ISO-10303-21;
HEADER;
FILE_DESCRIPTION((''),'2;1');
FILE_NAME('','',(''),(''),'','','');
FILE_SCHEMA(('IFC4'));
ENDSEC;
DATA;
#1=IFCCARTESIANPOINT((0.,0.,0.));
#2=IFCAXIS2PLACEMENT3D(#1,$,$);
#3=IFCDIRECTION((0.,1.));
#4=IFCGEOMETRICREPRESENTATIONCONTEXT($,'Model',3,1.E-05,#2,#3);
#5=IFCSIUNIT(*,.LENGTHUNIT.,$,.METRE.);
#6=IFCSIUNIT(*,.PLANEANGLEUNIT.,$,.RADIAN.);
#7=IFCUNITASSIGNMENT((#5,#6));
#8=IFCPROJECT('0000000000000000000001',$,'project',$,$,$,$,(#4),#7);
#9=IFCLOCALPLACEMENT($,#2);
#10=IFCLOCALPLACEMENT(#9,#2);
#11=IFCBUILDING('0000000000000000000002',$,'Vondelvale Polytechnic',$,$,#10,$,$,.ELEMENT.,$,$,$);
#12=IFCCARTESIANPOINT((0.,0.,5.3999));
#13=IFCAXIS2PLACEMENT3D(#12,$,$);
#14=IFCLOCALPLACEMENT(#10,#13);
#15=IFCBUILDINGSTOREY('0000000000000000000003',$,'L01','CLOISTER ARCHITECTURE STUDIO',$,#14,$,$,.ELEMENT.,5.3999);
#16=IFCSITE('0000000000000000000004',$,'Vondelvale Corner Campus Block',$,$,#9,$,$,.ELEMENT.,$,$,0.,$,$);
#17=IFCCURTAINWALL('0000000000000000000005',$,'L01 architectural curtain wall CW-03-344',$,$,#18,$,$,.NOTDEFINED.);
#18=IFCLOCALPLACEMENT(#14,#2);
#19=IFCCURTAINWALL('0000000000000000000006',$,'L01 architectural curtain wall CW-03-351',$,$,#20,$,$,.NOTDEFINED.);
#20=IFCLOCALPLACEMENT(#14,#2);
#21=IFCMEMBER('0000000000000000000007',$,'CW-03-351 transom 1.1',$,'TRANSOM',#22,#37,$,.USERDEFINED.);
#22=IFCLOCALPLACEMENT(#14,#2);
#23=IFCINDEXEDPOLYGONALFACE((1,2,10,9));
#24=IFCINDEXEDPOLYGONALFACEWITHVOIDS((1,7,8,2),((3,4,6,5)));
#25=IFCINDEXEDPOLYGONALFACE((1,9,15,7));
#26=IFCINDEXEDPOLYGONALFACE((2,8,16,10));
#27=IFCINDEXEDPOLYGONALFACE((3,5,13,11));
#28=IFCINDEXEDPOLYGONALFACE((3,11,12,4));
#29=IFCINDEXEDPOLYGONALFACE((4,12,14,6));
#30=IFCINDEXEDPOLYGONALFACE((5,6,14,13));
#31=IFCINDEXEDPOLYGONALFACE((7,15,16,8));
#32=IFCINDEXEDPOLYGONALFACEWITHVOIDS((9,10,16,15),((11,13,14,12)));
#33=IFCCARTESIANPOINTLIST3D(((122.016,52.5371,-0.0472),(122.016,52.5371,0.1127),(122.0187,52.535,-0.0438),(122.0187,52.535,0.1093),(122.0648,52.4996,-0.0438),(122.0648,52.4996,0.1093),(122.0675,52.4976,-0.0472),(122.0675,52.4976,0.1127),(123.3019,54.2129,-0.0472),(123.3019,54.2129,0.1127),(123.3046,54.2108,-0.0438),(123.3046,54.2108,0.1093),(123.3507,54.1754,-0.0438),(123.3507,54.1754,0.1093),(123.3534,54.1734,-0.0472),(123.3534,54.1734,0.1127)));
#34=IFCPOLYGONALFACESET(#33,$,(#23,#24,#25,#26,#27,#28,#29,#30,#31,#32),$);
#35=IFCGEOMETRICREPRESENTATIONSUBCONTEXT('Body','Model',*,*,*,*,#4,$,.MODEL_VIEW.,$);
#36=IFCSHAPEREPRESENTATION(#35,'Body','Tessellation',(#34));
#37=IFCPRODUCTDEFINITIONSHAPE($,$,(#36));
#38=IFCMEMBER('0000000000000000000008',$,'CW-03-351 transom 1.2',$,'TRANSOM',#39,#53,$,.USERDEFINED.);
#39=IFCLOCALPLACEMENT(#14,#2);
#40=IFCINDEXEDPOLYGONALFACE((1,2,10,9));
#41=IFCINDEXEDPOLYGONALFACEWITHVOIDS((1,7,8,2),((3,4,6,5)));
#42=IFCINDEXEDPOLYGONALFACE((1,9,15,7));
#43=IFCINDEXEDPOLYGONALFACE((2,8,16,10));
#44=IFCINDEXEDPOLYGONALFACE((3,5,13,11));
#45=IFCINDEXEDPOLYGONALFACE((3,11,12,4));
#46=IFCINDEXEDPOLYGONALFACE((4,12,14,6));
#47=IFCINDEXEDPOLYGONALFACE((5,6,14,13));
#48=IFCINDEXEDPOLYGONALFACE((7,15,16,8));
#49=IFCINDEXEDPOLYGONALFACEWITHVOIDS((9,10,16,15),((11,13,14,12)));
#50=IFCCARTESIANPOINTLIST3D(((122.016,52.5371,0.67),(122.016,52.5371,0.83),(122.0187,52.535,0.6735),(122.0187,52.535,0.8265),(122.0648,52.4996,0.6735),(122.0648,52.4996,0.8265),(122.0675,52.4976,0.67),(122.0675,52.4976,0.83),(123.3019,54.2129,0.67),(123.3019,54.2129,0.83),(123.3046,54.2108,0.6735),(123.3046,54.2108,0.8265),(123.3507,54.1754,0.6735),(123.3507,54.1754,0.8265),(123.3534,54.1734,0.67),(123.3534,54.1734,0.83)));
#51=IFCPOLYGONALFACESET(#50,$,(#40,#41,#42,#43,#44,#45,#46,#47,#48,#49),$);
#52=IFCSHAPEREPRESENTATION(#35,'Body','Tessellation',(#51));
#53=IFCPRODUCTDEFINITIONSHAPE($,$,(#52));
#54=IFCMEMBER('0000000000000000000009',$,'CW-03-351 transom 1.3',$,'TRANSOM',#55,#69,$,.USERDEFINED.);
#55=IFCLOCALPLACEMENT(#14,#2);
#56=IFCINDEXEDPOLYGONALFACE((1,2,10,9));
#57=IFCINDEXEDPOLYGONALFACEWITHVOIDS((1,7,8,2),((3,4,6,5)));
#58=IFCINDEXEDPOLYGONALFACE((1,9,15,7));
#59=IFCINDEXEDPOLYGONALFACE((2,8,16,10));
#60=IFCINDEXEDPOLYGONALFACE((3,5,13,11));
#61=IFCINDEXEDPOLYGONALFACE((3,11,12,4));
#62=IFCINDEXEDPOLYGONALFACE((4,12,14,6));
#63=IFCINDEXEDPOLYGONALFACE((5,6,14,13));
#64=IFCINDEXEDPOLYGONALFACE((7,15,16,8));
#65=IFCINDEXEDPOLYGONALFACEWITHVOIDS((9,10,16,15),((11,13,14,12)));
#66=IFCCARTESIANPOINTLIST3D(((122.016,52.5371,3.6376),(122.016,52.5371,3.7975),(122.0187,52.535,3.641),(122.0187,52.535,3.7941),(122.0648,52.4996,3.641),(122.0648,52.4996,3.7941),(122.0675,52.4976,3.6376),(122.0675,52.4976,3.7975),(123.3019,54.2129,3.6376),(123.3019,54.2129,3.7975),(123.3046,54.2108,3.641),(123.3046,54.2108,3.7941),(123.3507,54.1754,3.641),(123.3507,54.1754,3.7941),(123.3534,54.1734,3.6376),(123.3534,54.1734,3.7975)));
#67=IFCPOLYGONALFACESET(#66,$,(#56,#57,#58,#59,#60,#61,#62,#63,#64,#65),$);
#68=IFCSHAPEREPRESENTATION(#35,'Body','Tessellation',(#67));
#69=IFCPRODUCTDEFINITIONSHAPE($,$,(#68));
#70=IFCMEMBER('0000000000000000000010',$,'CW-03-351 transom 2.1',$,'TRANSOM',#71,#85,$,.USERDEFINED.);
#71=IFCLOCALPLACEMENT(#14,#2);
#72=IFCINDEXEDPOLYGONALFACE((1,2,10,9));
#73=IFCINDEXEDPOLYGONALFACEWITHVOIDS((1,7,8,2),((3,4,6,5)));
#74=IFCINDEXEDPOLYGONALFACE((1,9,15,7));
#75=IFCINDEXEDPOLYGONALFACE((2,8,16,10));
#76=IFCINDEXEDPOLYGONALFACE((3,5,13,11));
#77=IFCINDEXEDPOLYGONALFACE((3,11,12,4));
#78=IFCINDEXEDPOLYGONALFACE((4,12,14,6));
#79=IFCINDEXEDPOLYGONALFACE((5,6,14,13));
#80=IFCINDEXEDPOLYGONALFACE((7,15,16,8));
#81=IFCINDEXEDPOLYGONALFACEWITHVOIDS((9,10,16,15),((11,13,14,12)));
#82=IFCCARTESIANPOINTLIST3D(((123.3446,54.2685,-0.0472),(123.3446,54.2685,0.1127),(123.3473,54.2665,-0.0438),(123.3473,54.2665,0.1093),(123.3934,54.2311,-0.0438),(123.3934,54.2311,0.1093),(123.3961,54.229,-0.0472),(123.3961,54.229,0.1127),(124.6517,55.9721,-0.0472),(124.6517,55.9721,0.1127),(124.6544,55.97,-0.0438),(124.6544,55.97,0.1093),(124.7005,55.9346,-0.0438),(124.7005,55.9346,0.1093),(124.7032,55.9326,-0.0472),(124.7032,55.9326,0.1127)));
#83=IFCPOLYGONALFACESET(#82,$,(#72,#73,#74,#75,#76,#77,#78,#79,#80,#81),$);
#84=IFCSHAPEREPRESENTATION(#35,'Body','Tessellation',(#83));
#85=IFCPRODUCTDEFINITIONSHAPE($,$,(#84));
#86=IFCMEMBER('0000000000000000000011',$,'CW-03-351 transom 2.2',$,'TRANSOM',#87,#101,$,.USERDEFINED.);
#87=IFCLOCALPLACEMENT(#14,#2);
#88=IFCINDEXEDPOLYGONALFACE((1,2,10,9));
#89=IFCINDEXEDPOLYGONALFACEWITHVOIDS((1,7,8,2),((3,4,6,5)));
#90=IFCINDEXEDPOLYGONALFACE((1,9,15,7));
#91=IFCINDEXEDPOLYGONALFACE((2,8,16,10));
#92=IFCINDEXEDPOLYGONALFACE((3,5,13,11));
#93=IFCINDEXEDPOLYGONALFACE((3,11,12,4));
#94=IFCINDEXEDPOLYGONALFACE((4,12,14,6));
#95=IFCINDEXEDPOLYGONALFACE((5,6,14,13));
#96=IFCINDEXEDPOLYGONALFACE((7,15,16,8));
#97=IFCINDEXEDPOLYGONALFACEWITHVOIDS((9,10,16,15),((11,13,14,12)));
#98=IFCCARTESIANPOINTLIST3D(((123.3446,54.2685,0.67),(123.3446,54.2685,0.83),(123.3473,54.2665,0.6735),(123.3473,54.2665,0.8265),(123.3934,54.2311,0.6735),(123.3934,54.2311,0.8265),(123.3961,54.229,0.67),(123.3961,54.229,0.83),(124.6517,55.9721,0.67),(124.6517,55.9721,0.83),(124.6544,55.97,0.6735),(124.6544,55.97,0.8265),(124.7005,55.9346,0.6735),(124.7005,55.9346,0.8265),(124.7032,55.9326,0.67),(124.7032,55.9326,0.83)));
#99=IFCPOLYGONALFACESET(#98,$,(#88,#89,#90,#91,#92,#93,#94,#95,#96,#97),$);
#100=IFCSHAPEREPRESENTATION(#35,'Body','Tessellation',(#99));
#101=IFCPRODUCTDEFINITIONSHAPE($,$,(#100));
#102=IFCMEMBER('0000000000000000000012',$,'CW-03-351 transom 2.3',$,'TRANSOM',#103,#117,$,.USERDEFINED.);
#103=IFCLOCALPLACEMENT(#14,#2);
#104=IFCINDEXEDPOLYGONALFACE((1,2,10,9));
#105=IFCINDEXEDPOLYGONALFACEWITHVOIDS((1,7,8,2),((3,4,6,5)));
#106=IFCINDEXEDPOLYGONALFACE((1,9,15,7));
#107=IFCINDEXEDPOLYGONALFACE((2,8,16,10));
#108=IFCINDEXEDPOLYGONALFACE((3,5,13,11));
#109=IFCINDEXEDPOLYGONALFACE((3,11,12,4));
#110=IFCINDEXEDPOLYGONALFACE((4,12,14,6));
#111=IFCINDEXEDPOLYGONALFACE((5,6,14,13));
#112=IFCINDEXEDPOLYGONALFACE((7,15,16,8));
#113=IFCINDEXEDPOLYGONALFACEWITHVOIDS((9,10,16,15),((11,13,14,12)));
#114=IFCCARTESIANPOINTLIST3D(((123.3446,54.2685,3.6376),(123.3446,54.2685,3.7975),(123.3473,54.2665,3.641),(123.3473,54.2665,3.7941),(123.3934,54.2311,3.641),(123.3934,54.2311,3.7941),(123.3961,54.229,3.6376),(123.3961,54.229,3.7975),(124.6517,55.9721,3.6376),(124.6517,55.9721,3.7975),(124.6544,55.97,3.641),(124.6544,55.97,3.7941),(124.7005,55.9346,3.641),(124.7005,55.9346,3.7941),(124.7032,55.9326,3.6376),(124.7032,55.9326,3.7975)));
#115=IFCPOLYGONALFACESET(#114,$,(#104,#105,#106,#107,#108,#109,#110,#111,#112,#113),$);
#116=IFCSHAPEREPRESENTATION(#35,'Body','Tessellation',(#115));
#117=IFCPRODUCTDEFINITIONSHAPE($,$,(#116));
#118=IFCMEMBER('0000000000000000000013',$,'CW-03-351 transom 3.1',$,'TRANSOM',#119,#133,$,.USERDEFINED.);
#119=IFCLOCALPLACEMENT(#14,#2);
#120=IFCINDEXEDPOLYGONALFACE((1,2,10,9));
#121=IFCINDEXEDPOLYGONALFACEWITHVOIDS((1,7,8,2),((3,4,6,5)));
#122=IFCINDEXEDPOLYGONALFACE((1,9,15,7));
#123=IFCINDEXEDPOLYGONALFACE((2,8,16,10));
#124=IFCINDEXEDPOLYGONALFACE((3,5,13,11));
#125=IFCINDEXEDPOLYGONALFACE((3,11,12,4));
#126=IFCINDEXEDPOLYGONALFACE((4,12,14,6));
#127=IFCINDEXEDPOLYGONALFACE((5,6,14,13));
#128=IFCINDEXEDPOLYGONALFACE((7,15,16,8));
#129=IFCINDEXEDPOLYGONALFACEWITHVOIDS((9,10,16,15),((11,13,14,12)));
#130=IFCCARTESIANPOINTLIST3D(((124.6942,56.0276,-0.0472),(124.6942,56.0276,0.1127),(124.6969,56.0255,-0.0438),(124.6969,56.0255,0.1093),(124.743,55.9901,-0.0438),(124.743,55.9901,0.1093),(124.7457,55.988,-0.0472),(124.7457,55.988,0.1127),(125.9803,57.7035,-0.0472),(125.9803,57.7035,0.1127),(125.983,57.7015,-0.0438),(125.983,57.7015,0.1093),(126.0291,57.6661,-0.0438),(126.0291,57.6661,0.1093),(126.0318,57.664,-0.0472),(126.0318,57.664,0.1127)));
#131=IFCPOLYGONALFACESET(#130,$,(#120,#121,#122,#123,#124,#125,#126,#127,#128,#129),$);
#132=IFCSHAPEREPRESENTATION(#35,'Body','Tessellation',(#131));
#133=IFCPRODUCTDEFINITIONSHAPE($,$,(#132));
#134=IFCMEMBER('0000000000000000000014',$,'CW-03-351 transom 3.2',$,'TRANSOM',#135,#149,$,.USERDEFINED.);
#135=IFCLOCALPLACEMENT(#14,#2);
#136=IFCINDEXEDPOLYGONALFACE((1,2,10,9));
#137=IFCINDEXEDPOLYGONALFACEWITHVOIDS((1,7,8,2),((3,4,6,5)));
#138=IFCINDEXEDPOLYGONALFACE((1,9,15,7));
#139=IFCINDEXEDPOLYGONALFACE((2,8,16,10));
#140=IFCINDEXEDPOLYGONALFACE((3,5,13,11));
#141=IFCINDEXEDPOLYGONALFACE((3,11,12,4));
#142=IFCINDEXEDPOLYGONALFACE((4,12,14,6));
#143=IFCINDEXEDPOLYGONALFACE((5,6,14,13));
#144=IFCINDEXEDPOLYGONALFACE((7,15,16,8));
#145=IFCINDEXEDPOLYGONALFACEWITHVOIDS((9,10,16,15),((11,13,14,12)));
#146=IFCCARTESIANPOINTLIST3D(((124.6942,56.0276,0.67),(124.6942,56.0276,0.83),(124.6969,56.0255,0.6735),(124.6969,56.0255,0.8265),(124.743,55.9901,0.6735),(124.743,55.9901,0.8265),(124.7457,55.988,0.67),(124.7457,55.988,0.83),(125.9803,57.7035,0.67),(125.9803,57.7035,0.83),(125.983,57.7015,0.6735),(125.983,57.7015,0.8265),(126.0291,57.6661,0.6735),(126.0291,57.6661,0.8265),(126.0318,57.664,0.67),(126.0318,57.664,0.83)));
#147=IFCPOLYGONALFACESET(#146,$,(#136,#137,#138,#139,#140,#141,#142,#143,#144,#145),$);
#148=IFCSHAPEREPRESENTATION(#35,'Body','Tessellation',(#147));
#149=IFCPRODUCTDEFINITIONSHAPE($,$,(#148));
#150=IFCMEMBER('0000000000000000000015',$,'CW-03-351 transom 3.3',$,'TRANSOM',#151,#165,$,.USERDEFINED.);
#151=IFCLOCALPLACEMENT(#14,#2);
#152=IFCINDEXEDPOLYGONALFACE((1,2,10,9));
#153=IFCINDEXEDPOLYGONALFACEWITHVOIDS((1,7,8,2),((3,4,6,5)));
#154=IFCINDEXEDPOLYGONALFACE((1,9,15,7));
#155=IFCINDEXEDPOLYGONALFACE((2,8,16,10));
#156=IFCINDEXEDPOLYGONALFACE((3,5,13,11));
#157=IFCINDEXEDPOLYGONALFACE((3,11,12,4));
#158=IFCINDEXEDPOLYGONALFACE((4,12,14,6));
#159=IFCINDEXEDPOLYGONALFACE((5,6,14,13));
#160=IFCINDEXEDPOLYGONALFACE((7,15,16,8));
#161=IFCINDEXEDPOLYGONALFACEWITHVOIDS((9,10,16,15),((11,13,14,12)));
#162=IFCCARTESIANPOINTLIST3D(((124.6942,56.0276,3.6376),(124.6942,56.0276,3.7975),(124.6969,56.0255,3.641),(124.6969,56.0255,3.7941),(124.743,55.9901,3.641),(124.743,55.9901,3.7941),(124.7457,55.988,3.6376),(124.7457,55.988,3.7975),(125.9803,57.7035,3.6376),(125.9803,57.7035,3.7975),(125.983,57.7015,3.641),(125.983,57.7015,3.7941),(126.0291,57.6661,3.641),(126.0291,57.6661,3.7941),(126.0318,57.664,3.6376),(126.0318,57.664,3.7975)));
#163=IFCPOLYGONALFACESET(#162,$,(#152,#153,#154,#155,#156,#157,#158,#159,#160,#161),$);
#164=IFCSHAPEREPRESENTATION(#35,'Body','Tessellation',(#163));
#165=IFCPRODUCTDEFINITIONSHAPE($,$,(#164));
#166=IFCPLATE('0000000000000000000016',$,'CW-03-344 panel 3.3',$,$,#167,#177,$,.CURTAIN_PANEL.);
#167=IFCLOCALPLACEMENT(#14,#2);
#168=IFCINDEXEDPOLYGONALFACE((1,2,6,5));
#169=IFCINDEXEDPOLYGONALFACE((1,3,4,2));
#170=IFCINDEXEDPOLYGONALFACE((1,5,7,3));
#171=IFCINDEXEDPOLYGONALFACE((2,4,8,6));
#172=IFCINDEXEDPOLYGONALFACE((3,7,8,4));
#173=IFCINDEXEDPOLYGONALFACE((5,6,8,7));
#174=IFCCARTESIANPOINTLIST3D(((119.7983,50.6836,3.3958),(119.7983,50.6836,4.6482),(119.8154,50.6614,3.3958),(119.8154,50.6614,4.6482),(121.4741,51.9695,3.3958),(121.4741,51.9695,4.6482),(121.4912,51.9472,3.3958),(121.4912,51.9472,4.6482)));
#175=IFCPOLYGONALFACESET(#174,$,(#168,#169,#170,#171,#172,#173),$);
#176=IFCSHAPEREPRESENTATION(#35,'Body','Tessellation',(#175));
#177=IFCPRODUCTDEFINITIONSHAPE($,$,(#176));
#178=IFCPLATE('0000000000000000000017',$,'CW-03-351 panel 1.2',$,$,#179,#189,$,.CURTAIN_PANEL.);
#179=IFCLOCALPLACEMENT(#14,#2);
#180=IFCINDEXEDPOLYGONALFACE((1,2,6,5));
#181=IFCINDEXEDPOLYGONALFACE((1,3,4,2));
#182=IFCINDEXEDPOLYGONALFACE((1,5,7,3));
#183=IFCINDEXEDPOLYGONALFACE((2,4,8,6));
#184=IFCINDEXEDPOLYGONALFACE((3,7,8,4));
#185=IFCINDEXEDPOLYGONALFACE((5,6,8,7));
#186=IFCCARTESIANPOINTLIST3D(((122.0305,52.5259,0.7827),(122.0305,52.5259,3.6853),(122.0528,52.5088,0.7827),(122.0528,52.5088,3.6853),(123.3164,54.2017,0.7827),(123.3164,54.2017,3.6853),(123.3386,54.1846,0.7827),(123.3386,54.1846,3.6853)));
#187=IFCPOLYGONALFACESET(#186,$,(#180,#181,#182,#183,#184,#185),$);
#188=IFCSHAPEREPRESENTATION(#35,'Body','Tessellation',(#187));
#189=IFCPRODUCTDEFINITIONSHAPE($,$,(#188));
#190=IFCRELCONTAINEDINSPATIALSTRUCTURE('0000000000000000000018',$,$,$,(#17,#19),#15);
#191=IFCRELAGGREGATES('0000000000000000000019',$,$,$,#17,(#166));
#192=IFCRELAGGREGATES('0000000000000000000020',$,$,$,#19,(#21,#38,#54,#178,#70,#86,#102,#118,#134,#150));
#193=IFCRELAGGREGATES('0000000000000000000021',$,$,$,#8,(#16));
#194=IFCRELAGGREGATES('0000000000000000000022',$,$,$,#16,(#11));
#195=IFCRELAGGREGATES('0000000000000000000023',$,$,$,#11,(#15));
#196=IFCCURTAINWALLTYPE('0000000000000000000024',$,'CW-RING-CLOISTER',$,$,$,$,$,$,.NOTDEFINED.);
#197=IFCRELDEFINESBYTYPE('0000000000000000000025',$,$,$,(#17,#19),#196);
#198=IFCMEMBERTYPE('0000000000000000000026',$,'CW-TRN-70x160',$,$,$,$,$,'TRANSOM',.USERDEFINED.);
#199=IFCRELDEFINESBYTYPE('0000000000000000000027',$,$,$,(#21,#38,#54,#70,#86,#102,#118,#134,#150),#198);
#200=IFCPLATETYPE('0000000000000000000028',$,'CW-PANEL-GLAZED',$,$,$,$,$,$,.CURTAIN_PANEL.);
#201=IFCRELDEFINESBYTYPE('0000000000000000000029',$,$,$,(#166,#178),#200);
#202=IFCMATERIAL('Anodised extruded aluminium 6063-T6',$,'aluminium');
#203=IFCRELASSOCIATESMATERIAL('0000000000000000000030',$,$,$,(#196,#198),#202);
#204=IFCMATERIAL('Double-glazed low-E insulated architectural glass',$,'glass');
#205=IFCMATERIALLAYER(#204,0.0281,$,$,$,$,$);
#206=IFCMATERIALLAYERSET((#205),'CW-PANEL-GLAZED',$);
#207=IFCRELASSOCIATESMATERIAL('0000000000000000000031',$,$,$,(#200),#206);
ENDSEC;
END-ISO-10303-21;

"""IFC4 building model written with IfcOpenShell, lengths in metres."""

from ifc_helpers import new_model, si_unit, direction, frame, origin, origin_2d, place, context, subcontext, project, spatial, rectangle, hollow_rectangle, extrude, material, layer, layer_set, material_profile, profile_set, type_object, element, aggregate, save


model = new_model("IFC4")

# Units and contexts
model_context = context("Model", 3, precision=1e-05, world=origin(), true_north=direction((0.0, 1.0)))
body_context = subcontext(model_context, "Body", "Model", "MODEL_VIEW")
ifc_project = project(units=[si_unit("LENGTHUNIT", "METRE"), si_unit("PLANEANGLEUNIT", "RADIAN")], contexts=[model_context])

# Site, building, storey
site_placement = place(None, origin())
site = spatial("IfcSite", under=ifc_project, at=site_placement, Name="Vondelvale Corner Campus Block", CompositionType="ELEMENT", RefElevation=0.0)
building_placement = place(site_placement, origin())
building = spatial("IfcBuilding", under=site, at=building_placement, Name="Vondelvale Polytechnic", CompositionType="ELEMENT")
storey_placement = place(building_placement, frame((0.0, 0.0, 5.3999)))
storey = spatial("IfcBuildingStorey", under=building, at=storey_placement, Name="L01", Description="CLOISTER ARCHITECTURE STUDIO", CompositionType="ELEMENT", Elevation=5.3999)

# Curtain wall
ifc_material_1 = material(Name="Anodised extruded aluminium 6063-T6", Category="aluminium")
curtain_wall_type = type_object("IfcCurtainWallType", Name="CW-RING-CLOISTER", PredefinedType="NOTDEFINED", material=ifc_material_1)
curtain_wall_1_placement = place(storey_placement, origin())
curtain_wall_1 = element("IfcCurtainWall", 1, at=curtain_wall_1_placement, inside=storey, type_object=curtain_wall_type, Name="L01 architectural curtain wall CW-03-344", PredefinedType="NOTDEFINED")

# Curtain wall, members
curtain_wall_2_placement = place(storey_placement, origin())
curtain_wall_2 = element("IfcCurtainWall", 2, at=curtain_wall_2_placement, inside=storey, type_object=curtain_wall_type, Name="L01 architectural curtain wall CW-03-351", PredefinedType="NOTDEFINED")
ifc_material_profile_1 = material_profile(ifc_material_1, hollow_rectangle(XDim=0.0649, YDim=0.1599, WallThickness=0.0034, at=origin_2d()), Name="CW-TRN-160x65")
ifc_profile_set_1 = profile_set([ifc_material_profile_1], Name="Anodised extruded aluminium 6063-T6")
member_type_1 = type_object("IfcMemberType", Name="CW-TRN-70x160", ElementType="TRANSOM", PredefinedType="USERDEFINED", material=ifc_profile_set_1)
member_1_placement = place(storey_placement, frame((122.0417, 52.5173, 0.0327), z_axis=(0.608766, 0.79335, 0.0), x_axis=(-0.79335, 0.608766, 0.0)))
member_1 = element("IfcMember", 3, at=member_1_placement, type_object=member_type_1, Name="CW-03-351 transom 1.1", ObjectType="TRANSOM", PredefinedType="USERDEFINED", context=body_context, shape_type="SweptSolid", body=[
    extrude(hollow_rectangle(XDim=0.0649, YDim=0.1599, WallThickness=0.0034, at=origin_2d()), origin(), (0.0, 0.0, 1.0), 2.1123),
])
member_2_placement = place(storey_placement, frame((122.0417, 52.5173, 0.75), z_axis=(0.608766, 0.79335, 0.0), x_axis=(-0.79335, 0.608766, 0.0)))
member_2 = element("IfcMember", 4, at=member_2_placement, type_object=member_type_1, Name="CW-03-351 transom 1.2", ObjectType="TRANSOM", PredefinedType="USERDEFINED", context=body_context, shape_type="SweptSolid", body=[
    extrude(hollow_rectangle(XDim=0.0649, YDim=0.1599, WallThickness=0.0034, at=origin_2d()), origin(), (0.0, 0.0, 1.0), 2.1123),
])
member_3_placement = place(storey_placement, frame((122.0417, 52.5173, 3.7175), z_axis=(0.608766, 0.79335, 0.0), x_axis=(-0.79335, 0.608766, 0.0)))
member_3 = element("IfcMember", 5, at=member_3_placement, type_object=member_type_1, Name="CW-03-351 transom 1.3", ObjectType="TRANSOM", PredefinedType="USERDEFINED", context=body_context, shape_type="SweptSolid", body=[
    extrude(hollow_rectangle(XDim=0.0649, YDim=0.1599, WallThickness=0.0034, at=origin_2d()), origin(), (0.0, 0.0, 1.0), 2.1123),
])
member_4_placement = place(storey_placement, frame((123.3704, 54.2488, 0.0327), z_axis=(0.608732, 0.793376, 0.0), x_axis=(-0.793376, 0.608732, 0.0)))
member_4 = element("IfcMember", 6, at=member_4_placement, type_object=member_type_1, Name="CW-03-351 transom 2.1", ObjectType="TRANSOM", PredefinedType="USERDEFINED", context=body_context, shape_type="SweptSolid", body=[
    extrude(hollow_rectangle(XDim=0.0649, YDim=0.1599, WallThickness=0.0034, at=origin_2d()), origin(), (0.0, 0.0, 1.0), 2.1472),
])
member_5_placement = place(storey_placement, frame((123.3704, 54.2488, 0.75), z_axis=(0.608732, 0.793376, 0.0), x_axis=(-0.793376, 0.608732, 0.0)))
member_5 = element("IfcMember", 7, at=member_5_placement, type_object=member_type_1, Name="CW-03-351 transom 2.2", ObjectType="TRANSOM", PredefinedType="USERDEFINED", context=body_context, shape_type="SweptSolid", body=[
    extrude(hollow_rectangle(XDim=0.0649, YDim=0.1599, WallThickness=0.0034, at=origin_2d()), origin(), (0.0, 0.0, 1.0), 2.1472),
])
member_6_placement = place(storey_placement, frame((123.3704, 54.2488, 3.7175), z_axis=(0.608732, 0.793376, 0.0), x_axis=(-0.793376, 0.608732, 0.0)))
member_6 = element("IfcMember", 8, at=member_6_placement, type_object=member_type_1, Name="CW-03-351 transom 2.3", ObjectType="TRANSOM", PredefinedType="USERDEFINED", context=body_context, shape_type="SweptSolid", body=[
    extrude(hollow_rectangle(XDim=0.0649, YDim=0.1599, WallThickness=0.0034, at=origin_2d()), origin(), (0.0, 0.0, 1.0), 2.1472),
])
member_7_placement = place(storey_placement, frame((124.72, 56.0078, 0.0327), z_axis=(0.608783, 0.793337, 0.0), x_axis=(-0.793337, 0.608783, 0.0)))
member_7 = element("IfcMember", 9, at=member_7_placement, type_object=member_type_1, Name="CW-03-351 transom 3.1", ObjectType="TRANSOM", PredefinedType="USERDEFINED", context=body_context, shape_type="SweptSolid", body=[
    extrude(hollow_rectangle(XDim=0.0649, YDim=0.1599, WallThickness=0.0034, at=origin_2d()), origin(), (0.0, 0.0, 1.0), 2.1125),
])
member_8_placement = place(storey_placement, frame((124.72, 56.0078, 0.75), z_axis=(0.608783, 0.793337, 0.0), x_axis=(-0.793337, 0.608783, 0.0)))
member_8 = element("IfcMember", 10, at=member_8_placement, type_object=member_type_1, Name="CW-03-351 transom 3.2", ObjectType="TRANSOM", PredefinedType="USERDEFINED", context=body_context, shape_type="SweptSolid", body=[
    extrude(hollow_rectangle(XDim=0.0649, YDim=0.1599, WallThickness=0.0034, at=origin_2d()), origin(), (0.0, 0.0, 1.0), 2.1125),
])
member_9_placement = place(storey_placement, frame((124.72, 56.0078, 3.7175), z_axis=(0.608783, 0.793337, 0.0), x_axis=(-0.793337, 0.608783, 0.0)))
member_9 = element("IfcMember", 11, at=member_9_placement, type_object=member_type_1, Name="CW-03-351 transom 3.3", ObjectType="TRANSOM", PredefinedType="USERDEFINED", context=body_context, shape_type="SweptSolid", body=[
    extrude(hollow_rectangle(XDim=0.0649, YDim=0.1599, WallThickness=0.0034, at=origin_2d()), origin(), (0.0, 0.0, 1.0), 2.1125),
])

# Plates
ifc_material_2 = material(Name="Double-glazed low-E insulated architectural glass", Category="glass")
ifc_layer_1 = layer(ifc_material_2, 0.0281)
ifc_layer_set_1 = layer_set([ifc_layer_1], Name="CW-PANEL-GLAZED")
plate_type_1 = type_object("IfcPlateType", Name="CW-PANEL-GLAZED", PredefinedType="CURTAIN_PANEL", material=ifc_layer_set_1)
plate_1_placement = place(storey_placement, frame((120.6448, 51.3154, 3.3958), z_axis=(0.0, 0.0, 1.0), x_axis=(0.793364, 0.608748, 0.0)))
plate_1 = element("IfcPlate", 12, at=plate_1_placement, type_object=plate_type_1, Name="CW-03-344 panel 3.3", PredefinedType="CURTAIN_PANEL", context=body_context, shape_type="SweptSolid", body=[
    extrude(rectangle(XDim=2.1123, YDim=0.0281, at=origin_2d()), origin(), (0.0, 0.0, 1.0), 1.2524),
])
aggregate(curtain_wall_1, [plate_1])
plate_2_placement = place(storey_placement, frame((122.6846, 53.3552, 0.7827), z_axis=(0.0, 0.0, 1.0), x_axis=(0.608748, 0.793364, 0.0)))
plate_2 = element("IfcPlate", 13, at=plate_2_placement, type_object=plate_type_1, Name="CW-03-351 panel 1.2", PredefinedType="CURTAIN_PANEL", context=body_context, shape_type="SweptSolid", body=[
    extrude(rectangle(XDim=2.1123, YDim=0.0281, at=origin_2d()), origin(), (0.0, 0.0, 1.0), 2.9026),
])
aggregate(curtain_wall_2, [member_1, member_2, member_3, plate_2, member_4, member_5, member_6, member_7, member_8, member_9])

save(model, "model.ifc")
